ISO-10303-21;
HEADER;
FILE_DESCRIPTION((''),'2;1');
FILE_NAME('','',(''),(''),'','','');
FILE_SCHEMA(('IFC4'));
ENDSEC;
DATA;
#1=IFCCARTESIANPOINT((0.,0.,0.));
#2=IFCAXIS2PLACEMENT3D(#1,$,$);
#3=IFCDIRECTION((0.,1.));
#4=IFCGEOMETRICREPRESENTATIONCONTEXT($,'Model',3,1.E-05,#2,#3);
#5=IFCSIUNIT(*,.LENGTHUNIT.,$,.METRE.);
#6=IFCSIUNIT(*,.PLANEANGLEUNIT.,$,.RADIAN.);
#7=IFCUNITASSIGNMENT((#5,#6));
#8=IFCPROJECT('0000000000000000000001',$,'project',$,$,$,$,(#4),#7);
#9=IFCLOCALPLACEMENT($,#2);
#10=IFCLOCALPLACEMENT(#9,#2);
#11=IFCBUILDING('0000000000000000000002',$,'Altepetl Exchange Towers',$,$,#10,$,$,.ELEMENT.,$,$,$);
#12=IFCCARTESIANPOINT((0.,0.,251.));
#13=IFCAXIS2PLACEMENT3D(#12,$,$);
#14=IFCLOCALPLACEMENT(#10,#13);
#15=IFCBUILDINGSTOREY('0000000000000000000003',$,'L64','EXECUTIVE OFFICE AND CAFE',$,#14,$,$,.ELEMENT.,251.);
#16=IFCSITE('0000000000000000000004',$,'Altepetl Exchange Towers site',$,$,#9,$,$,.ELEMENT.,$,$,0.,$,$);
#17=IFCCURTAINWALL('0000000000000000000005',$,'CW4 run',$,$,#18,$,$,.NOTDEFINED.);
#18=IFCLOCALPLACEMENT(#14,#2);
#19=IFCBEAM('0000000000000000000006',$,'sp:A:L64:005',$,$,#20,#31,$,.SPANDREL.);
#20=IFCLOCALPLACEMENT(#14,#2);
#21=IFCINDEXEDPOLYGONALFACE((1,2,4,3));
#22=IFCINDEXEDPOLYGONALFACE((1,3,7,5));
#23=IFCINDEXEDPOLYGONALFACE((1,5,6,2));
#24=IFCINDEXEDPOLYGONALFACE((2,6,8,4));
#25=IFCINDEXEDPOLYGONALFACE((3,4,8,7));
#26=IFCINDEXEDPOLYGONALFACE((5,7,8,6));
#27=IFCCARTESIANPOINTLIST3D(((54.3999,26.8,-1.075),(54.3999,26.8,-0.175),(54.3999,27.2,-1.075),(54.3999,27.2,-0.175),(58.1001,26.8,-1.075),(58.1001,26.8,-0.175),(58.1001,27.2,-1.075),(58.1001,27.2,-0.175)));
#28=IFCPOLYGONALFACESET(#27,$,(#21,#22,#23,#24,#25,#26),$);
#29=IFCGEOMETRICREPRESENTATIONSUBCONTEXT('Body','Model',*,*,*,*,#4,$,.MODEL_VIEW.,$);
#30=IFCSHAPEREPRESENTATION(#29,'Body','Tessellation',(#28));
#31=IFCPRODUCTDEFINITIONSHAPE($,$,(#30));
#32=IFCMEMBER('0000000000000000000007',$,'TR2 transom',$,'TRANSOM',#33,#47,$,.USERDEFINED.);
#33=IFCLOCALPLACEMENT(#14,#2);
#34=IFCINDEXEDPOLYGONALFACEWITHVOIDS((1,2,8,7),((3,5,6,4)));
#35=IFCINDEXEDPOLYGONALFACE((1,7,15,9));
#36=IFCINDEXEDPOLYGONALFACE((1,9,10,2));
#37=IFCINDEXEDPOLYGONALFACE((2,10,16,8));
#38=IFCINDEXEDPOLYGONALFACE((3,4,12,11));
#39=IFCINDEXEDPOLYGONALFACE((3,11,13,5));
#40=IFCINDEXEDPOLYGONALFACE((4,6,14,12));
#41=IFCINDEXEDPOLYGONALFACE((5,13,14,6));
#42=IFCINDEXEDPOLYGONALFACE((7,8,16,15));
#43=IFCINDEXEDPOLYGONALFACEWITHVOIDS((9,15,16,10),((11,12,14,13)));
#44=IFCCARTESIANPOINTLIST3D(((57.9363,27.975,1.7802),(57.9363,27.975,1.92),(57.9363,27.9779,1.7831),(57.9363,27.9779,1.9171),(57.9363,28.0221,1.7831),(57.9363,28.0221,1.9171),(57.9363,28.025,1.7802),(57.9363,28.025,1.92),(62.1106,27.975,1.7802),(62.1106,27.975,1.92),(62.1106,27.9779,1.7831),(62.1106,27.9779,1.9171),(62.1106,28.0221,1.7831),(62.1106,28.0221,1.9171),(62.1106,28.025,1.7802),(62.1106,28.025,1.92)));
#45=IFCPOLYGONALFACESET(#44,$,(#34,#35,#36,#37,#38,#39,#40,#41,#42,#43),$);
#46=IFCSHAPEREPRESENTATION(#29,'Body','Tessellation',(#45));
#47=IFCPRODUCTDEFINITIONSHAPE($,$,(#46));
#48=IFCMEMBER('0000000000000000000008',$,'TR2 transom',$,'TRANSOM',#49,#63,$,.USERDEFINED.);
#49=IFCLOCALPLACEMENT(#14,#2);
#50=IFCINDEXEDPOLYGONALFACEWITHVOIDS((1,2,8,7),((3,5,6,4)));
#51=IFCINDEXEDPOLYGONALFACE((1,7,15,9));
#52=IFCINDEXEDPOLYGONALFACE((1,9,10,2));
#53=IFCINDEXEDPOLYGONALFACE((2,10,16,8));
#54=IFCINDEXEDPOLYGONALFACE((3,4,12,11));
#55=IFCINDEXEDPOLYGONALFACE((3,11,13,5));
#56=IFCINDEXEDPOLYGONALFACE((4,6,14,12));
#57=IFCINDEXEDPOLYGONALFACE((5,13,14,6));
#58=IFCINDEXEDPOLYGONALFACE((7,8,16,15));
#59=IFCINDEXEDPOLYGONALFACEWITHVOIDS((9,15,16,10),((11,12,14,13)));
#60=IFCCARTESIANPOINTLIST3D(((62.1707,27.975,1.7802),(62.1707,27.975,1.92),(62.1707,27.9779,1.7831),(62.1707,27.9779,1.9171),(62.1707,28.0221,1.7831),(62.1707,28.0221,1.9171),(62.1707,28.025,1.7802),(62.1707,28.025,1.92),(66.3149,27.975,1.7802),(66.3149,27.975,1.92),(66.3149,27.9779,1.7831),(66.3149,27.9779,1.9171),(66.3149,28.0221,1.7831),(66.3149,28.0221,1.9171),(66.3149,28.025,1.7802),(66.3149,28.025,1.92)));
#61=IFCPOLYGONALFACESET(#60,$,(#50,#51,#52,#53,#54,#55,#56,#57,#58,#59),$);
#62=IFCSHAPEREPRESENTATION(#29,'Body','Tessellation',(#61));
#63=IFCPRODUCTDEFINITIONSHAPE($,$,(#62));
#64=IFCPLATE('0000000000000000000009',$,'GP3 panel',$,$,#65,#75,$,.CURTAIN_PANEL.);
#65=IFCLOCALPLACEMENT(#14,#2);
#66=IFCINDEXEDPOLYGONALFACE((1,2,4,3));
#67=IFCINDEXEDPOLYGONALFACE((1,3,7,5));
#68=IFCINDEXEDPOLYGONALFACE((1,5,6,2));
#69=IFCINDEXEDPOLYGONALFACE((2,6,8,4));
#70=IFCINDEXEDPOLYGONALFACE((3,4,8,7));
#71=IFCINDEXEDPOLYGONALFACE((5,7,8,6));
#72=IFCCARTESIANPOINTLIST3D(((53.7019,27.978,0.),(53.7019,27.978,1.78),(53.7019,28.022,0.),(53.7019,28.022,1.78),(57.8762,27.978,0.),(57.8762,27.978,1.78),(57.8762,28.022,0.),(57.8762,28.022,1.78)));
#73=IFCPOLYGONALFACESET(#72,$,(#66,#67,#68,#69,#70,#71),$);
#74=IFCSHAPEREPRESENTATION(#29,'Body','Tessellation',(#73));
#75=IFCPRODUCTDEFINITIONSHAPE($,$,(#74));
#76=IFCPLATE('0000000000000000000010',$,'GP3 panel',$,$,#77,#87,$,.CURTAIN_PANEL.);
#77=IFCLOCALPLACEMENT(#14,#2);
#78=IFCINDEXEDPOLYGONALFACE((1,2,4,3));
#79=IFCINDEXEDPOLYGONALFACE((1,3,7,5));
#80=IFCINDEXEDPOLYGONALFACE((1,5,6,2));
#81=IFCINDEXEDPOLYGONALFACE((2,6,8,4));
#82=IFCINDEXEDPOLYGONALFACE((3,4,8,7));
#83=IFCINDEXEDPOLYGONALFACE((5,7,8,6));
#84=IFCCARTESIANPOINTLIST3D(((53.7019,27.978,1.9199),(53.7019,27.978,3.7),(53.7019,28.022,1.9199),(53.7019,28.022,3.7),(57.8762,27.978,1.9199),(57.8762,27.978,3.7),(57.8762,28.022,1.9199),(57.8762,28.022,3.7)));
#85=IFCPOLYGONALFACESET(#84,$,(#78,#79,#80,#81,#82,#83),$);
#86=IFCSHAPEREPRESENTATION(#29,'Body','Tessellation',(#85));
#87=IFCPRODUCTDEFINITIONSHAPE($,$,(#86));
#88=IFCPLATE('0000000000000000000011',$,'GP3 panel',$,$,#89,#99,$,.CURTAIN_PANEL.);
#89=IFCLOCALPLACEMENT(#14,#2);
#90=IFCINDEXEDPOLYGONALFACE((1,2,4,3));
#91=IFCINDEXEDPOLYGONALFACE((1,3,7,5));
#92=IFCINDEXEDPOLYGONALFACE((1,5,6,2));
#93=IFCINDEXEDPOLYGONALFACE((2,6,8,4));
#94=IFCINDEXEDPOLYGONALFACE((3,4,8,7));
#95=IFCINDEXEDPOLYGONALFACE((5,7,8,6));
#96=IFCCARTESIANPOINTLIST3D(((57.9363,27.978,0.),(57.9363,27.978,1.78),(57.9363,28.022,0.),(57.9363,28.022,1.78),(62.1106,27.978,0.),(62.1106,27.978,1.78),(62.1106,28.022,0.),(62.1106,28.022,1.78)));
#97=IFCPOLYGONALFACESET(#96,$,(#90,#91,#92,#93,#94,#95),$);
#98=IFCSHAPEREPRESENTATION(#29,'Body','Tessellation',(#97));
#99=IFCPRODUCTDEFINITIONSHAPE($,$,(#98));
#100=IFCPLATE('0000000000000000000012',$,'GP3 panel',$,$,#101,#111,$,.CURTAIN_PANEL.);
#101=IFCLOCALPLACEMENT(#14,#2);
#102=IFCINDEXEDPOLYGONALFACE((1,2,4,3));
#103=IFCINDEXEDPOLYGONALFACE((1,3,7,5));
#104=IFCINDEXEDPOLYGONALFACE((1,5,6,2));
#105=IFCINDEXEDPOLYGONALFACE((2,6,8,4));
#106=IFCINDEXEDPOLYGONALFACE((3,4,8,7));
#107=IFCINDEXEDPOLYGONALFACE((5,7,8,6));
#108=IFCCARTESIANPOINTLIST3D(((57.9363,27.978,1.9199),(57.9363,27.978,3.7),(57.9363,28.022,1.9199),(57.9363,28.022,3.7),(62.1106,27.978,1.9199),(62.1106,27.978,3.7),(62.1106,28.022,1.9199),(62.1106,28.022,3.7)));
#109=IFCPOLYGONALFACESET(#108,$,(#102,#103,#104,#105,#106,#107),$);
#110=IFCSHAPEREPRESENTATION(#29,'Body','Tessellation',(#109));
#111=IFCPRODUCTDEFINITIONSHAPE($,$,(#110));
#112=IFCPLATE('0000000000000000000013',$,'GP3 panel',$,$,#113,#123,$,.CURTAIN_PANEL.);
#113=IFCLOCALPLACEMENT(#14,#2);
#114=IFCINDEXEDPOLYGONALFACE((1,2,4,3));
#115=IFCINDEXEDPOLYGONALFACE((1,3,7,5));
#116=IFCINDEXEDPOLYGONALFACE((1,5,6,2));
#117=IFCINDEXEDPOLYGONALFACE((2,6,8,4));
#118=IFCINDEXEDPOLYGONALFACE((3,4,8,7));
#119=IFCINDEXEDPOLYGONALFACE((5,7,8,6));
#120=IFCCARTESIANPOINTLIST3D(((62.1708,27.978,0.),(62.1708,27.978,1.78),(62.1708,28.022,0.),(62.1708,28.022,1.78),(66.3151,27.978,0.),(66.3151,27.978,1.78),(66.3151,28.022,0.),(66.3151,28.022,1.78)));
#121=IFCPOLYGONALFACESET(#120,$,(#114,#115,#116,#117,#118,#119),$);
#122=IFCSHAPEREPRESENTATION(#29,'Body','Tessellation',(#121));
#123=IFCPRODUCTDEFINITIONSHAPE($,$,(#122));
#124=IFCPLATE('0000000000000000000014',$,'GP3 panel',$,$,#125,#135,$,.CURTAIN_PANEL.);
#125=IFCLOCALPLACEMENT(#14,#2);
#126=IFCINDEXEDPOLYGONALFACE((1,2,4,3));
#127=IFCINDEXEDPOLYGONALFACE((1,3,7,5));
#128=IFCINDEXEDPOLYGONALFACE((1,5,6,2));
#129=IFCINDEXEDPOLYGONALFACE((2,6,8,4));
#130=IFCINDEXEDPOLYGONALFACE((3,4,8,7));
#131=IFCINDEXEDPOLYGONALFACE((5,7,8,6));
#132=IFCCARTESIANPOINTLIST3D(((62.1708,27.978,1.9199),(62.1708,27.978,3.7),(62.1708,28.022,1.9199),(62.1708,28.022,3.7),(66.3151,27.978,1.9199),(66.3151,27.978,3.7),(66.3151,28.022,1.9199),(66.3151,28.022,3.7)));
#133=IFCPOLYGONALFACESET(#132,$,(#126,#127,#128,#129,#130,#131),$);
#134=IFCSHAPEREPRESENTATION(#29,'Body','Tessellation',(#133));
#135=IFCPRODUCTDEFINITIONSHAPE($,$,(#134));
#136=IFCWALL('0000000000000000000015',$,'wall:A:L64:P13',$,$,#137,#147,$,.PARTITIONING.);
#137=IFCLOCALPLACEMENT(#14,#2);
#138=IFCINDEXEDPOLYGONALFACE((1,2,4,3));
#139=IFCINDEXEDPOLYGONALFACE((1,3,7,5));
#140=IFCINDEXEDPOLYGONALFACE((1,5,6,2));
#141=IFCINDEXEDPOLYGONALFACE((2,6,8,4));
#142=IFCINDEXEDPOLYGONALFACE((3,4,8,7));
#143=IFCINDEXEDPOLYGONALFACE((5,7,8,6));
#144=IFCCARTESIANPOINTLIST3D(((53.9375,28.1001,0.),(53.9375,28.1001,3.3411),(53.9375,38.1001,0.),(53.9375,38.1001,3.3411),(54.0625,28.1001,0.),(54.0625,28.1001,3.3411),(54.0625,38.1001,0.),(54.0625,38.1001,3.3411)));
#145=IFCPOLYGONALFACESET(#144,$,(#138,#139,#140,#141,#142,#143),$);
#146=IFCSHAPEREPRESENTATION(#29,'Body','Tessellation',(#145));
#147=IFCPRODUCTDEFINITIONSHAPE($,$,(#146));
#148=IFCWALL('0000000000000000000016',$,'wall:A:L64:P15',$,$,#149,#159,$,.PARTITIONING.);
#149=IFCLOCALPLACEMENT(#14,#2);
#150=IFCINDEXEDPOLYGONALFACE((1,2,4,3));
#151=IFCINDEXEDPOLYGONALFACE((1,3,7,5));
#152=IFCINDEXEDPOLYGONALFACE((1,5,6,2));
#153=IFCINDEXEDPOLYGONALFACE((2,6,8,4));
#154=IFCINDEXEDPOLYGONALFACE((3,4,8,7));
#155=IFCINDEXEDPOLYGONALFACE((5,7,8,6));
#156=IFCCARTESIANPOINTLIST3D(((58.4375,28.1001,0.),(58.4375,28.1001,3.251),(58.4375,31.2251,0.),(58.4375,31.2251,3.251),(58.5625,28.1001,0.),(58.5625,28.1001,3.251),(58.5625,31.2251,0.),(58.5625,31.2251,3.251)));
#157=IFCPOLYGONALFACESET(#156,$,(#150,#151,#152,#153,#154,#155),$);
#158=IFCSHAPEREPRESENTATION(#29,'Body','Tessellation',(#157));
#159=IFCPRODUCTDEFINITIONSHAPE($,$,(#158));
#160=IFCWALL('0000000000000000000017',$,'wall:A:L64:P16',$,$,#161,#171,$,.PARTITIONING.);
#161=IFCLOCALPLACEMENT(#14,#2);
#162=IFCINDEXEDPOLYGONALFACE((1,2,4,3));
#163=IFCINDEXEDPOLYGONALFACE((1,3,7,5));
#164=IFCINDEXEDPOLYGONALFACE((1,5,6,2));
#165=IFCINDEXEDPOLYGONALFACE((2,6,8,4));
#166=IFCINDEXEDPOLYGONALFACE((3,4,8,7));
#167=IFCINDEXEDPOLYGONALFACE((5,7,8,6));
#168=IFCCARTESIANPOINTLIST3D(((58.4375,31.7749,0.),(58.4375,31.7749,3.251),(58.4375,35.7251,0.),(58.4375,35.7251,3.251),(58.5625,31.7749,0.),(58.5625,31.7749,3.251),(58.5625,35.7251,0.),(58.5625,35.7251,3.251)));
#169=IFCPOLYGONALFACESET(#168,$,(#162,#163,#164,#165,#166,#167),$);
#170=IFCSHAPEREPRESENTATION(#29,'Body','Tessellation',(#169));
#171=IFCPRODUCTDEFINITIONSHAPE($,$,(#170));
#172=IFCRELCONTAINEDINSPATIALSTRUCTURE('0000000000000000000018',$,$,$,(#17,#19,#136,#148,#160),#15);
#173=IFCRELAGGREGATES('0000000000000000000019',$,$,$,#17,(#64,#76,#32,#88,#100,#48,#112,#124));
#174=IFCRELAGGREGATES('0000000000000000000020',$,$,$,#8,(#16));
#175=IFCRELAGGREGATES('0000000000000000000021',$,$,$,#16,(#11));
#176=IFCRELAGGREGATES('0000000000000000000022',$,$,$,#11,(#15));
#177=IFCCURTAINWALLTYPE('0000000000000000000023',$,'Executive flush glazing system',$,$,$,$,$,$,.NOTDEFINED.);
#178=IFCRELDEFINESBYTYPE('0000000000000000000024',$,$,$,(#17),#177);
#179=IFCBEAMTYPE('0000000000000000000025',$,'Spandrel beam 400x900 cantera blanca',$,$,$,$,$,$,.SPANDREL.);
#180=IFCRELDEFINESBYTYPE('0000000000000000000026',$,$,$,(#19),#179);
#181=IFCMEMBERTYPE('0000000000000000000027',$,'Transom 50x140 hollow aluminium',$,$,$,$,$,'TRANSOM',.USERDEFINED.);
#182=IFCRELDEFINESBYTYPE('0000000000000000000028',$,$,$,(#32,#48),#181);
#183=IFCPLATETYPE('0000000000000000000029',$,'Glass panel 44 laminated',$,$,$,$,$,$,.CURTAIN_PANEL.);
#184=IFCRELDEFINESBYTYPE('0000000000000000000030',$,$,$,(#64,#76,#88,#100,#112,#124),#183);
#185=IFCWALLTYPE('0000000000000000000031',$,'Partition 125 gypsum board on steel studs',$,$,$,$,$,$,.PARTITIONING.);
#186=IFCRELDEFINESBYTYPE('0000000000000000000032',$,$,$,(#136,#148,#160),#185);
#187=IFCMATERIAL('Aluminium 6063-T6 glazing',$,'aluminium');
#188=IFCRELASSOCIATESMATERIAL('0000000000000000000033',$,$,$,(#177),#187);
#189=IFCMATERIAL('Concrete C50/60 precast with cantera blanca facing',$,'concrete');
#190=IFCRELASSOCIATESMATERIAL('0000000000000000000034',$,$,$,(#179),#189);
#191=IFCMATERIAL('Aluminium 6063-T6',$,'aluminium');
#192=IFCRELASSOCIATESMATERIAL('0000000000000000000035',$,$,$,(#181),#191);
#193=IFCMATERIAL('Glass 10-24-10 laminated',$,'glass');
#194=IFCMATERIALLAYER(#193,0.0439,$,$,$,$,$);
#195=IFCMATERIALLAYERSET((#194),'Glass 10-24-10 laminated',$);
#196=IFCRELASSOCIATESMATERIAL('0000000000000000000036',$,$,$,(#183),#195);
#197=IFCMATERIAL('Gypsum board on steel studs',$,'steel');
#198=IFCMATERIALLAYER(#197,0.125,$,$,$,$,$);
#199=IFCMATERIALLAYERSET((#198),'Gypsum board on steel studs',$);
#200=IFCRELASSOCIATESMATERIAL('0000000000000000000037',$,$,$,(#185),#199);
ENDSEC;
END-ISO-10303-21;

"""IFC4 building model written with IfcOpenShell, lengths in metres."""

from ifc_helpers import new_model, si_unit, direction, frame, frame_2d, origin, origin_2d, place, context, subcontext, project, spatial, rectangle, hollow_rectangle, extrude, material, layer, layer_set, material_profile, profile_set, type_object, element, aggregate, save


model = new_model("IFC4")

# Units and contexts
model_context = context("Model", 3, precision=1e-05, world=origin(), true_north=direction((0.0, 1.0)))
body_context = subcontext(model_context, "Body", "Model", "MODEL_VIEW")
ifc_project = project(units=[si_unit("LENGTHUNIT", "METRE"), si_unit("PLANEANGLEUNIT", "RADIAN")], contexts=[model_context])

# Site, building, storey
site_placement = place(None, origin())
site = spatial("IfcSite", under=ifc_project, at=site_placement, Name="Altepetl Exchange Towers site", CompositionType="ELEMENT", RefElevation=0.0)
building_placement = place(site_placement, origin())
building = spatial("IfcBuilding", under=site, at=building_placement, Name="Altepetl Exchange Towers", CompositionType="ELEMENT")
storey_placement = place(building_placement, frame((0.0, 0.0, 251.0)))
storey = spatial("IfcBuildingStorey", under=building, at=storey_placement, Name="L64", Description="EXECUTIVE OFFICE AND CAFE", CompositionType="ELEMENT", Elevation=251.0)

# Curtain wall
ifc_material_1 = material(Name="Aluminium 6063-T6 glazing", Category="aluminium")
curtain_wall_type = type_object("IfcCurtainWallType", Name="Executive flush glazing system", PredefinedType="NOTDEFINED", material=ifc_material_1)
curtain_wall_placement = place(storey_placement, origin())
curtain_wall = element("IfcCurtainWall", 1, at=curtain_wall_placement, inside=storey, type_object=curtain_wall_type, Name="CW4 run", PredefinedType="NOTDEFINED")
ifc_material_2 = material(Name="Aluminium 6063-T6", Category="aluminium")

# Beam
ifc_material_3 = material(Name="Concrete C50/60 precast with cantera blanca facing", Category="concrete")
ifc_material_profile_1 = material_profile(ifc_material_3, rectangle(XDim=0.3999, YDim=0.8999, at=origin_2d()), Name="400 x 900")
ifc_profile_set_1 = profile_set([ifc_material_profile_1], Name="Concrete C50/60 precast with cantera blanca facing")
beam_type_1 = type_object("IfcBeamType", Name="Spandrel beam 400x900 cantera blanca", PredefinedType="SPANDREL", material=ifc_profile_set_1)
beam_1_placement = place(storey_placement, frame((54.3999, 27.0, -0.625), z_axis=(1.0, 0.0, 0.0), x_axis=(0.0, 1.0, 0.0)))
element("IfcBeam", 2, at=beam_1_placement, inside=storey, type_object=beam_type_1, Name="sp:A:L64:005", PredefinedType="SPANDREL", context=body_context, shape_type="SweptSolid", body=[
    extrude(rectangle(XDim=0.3999, YDim=0.8999, at=origin_2d()), origin(), (0.0, 0.0, 1.0), 3.7002),
])

# Members
ifc_material_profile_2 = material_profile(ifc_material_2, hollow_rectangle(XDim=0.05, YDim=0.1399, WallThickness=0.0029, at=origin_2d()), Name="Transom 50x140 hollow aluminium")
ifc_profile_set_2 = profile_set([ifc_material_profile_2], Name="Aluminium 6063-T6")
member_type_1 = type_object("IfcMemberType", Name="Transom 50x140 hollow aluminium", ElementType="TRANSOM", PredefinedType="USERDEFINED", material=ifc_profile_set_2)
member_1_placement = place(storey_placement, frame((57.9363, 28.0, 1.8501), z_axis=(1.0, 0.0, 0.0), x_axis=(0.0, 1.0, 0.0)))
member_1 = element("IfcMember", 3, at=member_1_placement, type_object=member_type_1, Name="TR2 transom", ObjectType="TRANSOM", PredefinedType="USERDEFINED", context=body_context, shape_type="SweptSolid", body=[
    extrude(hollow_rectangle(XDim=0.05, YDim=0.1399, WallThickness=0.0029, at=origin_2d()), origin(), (0.0, 0.0, 1.0), 4.1743),
])
member_2_placement = place(storey_placement, frame((62.1707, 28.0, 1.8501), z_axis=(1.0, 0.0, 0.0), x_axis=(0.0, 1.0, 0.0)))
member_2 = element("IfcMember", 4, at=member_2_placement, type_object=member_type_1, Name="TR2 transom", ObjectType="TRANSOM", PredefinedType="USERDEFINED", context=body_context, shape_type="SweptSolid", body=[
    extrude(hollow_rectangle(XDim=0.05, YDim=0.1399, WallThickness=0.0029, at=origin_2d()), origin(), (0.0, 0.0, 1.0), 4.1443),
])

# Plates
ifc_material_4 = material(Name="Glass 10-24-10 laminated", Category="glass")
ifc_layer_1 = layer(ifc_material_4, 0.0439)
ifc_layer_set_1 = layer_set([ifc_layer_1], Name="Glass 10-24-10 laminated")
plate_type = type_object("IfcPlateType", Name="Glass panel 44 laminated", PredefinedType="CURTAIN_PANEL", material=ifc_layer_set_1)
plate_1_placement = place(storey_placement, frame((55.7891, 28.0, 0.0)))
plate_1 = element("IfcPlate", 5, at=plate_1_placement, type_object=plate_type, Name="GP3 panel", PredefinedType="CURTAIN_PANEL", context=body_context, shape_type="SweptSolid", body=[
    extrude(rectangle(XDim=4.1743, YDim=0.0439, at=origin_2d()), origin(), (0.0, 0.0, 1.0), 1.78),
])
plate_2_placement = place(storey_placement, frame((55.7891, 28.0, 1.9199)))
plate_2 = element("IfcPlate", 6, at=plate_2_placement, type_object=plate_type, Name="GP3 panel", PredefinedType="CURTAIN_PANEL", context=body_context, shape_type="SweptSolid", body=[
    extrude(rectangle(XDim=4.1743, YDim=0.0439, at=origin_2d()), origin(), (0.0, 0.0, 1.0), 1.78),
])
plate_3_placement = place(storey_placement, frame((60.0234, 28.0, 0.0)))
plate_3 = element("IfcPlate", 7, at=plate_3_placement, type_object=plate_type, Name="GP3 panel", PredefinedType="CURTAIN_PANEL", context=body_context, shape_type="SweptSolid", body=[
    extrude(rectangle(XDim=4.1743, YDim=0.0439, at=origin_2d()), origin(), (0.0, 0.0, 1.0), 1.78),
])
plate_4_placement = place(storey_placement, frame((60.0234, 28.0, 1.9199)))
plate_4 = element("IfcPlate", 8, at=plate_4_placement, type_object=plate_type, Name="GP3 panel", PredefinedType="CURTAIN_PANEL", context=body_context, shape_type="SweptSolid", body=[
    extrude(rectangle(XDim=4.1743, YDim=0.0439, at=origin_2d()), origin(), (0.0, 0.0, 1.0), 1.78),
])
plate_5_placement = place(storey_placement, frame((64.2429, 28.0, 0.0)))
plate_5 = element("IfcPlate", 9, at=plate_5_placement, type_object=plate_type, Name="GP3 panel", PredefinedType="CURTAIN_PANEL", context=body_context, shape_type="SweptSolid", body=[
    extrude(rectangle(XDim=4.1443, YDim=0.0439, at=origin_2d()), origin(), (0.0, 0.0, 1.0), 1.78),
])
plate_6_placement = place(storey_placement, frame((64.2429, 28.0, 1.9199)))
plate_6 = element("IfcPlate", 10, at=plate_6_placement, type_object=plate_type, Name="GP3 panel", PredefinedType="CURTAIN_PANEL", context=body_context, shape_type="SweptSolid", body=[
    extrude(rectangle(XDim=4.1443, YDim=0.0439, at=origin_2d()), origin(), (0.0, 0.0, 1.0), 1.78),
])
aggregate(curtain_wall, [plate_1, plate_2, member_1, plate_3, plate_4, member_2, plate_5, plate_6])

# Walls
ifc_material_5 = material(Name="Gypsum board on steel studs", Category="steel")
ifc_layer_2 = layer(ifc_material_5, 0.125)
ifc_layer_set_2 = layer_set([ifc_layer_2], Name="Gypsum board on steel studs")
wall_type = type_object("IfcWallType", Name="Partition 125 gypsum board on steel studs", PredefinedType="PARTITIONING", material=ifc_layer_set_2)
wall_1_placement = place(storey_placement, frame((54.0, 28.1001, 0.0), z_axis=(0.0, 0.0, 1.0), x_axis=(0.0, 1.0, 0.0)))
element("IfcWall", 11, at=wall_1_placement, inside=storey, type_object=wall_type, Name="wall:A:L64:P13", PredefinedType="PARTITIONING", context=body_context, shape_type="SweptSolid", body=[
    extrude(rectangle(XDim=10.0, YDim=0.125, at=frame_2d((5.0, 0.0))), origin(), (0.0, 0.0, 1.0), 3.3411),
])
wall_2_placement = place(storey_placement, frame((58.5, 28.1001, 0.0), z_axis=(0.0, 0.0, 1.0), x_axis=(0.0, 1.0, 0.0)))
element("IfcWall", 12, at=wall_2_placement, inside=storey, type_object=wall_type, Name="wall:A:L64:P15", PredefinedType="PARTITIONING", context=body_context, shape_type="SweptSolid", body=[
    extrude(rectangle(XDim=3.125, YDim=0.125, at=frame_2d((1.5625, 0.0))), origin(), (0.0, 0.0, 1.0), 3.251),
])
wall_3_placement = place(storey_placement, frame((58.5, 31.7749, 0.0), z_axis=(0.0, 0.0, 1.0), x_axis=(0.0, 1.0, 0.0)))
element("IfcWall", 13, at=wall_3_placement, inside=storey, type_object=wall_type, Name="wall:A:L64:P16", PredefinedType="PARTITIONING", context=body_context, shape_type="SweptSolid", body=[
    extrude(rectangle(XDim=3.9502, YDim=0.125, at=frame_2d((1.9751, 0.0))), origin(), (0.0, 0.0, 1.0), 3.251),
])

save(model, "model.ifc")
